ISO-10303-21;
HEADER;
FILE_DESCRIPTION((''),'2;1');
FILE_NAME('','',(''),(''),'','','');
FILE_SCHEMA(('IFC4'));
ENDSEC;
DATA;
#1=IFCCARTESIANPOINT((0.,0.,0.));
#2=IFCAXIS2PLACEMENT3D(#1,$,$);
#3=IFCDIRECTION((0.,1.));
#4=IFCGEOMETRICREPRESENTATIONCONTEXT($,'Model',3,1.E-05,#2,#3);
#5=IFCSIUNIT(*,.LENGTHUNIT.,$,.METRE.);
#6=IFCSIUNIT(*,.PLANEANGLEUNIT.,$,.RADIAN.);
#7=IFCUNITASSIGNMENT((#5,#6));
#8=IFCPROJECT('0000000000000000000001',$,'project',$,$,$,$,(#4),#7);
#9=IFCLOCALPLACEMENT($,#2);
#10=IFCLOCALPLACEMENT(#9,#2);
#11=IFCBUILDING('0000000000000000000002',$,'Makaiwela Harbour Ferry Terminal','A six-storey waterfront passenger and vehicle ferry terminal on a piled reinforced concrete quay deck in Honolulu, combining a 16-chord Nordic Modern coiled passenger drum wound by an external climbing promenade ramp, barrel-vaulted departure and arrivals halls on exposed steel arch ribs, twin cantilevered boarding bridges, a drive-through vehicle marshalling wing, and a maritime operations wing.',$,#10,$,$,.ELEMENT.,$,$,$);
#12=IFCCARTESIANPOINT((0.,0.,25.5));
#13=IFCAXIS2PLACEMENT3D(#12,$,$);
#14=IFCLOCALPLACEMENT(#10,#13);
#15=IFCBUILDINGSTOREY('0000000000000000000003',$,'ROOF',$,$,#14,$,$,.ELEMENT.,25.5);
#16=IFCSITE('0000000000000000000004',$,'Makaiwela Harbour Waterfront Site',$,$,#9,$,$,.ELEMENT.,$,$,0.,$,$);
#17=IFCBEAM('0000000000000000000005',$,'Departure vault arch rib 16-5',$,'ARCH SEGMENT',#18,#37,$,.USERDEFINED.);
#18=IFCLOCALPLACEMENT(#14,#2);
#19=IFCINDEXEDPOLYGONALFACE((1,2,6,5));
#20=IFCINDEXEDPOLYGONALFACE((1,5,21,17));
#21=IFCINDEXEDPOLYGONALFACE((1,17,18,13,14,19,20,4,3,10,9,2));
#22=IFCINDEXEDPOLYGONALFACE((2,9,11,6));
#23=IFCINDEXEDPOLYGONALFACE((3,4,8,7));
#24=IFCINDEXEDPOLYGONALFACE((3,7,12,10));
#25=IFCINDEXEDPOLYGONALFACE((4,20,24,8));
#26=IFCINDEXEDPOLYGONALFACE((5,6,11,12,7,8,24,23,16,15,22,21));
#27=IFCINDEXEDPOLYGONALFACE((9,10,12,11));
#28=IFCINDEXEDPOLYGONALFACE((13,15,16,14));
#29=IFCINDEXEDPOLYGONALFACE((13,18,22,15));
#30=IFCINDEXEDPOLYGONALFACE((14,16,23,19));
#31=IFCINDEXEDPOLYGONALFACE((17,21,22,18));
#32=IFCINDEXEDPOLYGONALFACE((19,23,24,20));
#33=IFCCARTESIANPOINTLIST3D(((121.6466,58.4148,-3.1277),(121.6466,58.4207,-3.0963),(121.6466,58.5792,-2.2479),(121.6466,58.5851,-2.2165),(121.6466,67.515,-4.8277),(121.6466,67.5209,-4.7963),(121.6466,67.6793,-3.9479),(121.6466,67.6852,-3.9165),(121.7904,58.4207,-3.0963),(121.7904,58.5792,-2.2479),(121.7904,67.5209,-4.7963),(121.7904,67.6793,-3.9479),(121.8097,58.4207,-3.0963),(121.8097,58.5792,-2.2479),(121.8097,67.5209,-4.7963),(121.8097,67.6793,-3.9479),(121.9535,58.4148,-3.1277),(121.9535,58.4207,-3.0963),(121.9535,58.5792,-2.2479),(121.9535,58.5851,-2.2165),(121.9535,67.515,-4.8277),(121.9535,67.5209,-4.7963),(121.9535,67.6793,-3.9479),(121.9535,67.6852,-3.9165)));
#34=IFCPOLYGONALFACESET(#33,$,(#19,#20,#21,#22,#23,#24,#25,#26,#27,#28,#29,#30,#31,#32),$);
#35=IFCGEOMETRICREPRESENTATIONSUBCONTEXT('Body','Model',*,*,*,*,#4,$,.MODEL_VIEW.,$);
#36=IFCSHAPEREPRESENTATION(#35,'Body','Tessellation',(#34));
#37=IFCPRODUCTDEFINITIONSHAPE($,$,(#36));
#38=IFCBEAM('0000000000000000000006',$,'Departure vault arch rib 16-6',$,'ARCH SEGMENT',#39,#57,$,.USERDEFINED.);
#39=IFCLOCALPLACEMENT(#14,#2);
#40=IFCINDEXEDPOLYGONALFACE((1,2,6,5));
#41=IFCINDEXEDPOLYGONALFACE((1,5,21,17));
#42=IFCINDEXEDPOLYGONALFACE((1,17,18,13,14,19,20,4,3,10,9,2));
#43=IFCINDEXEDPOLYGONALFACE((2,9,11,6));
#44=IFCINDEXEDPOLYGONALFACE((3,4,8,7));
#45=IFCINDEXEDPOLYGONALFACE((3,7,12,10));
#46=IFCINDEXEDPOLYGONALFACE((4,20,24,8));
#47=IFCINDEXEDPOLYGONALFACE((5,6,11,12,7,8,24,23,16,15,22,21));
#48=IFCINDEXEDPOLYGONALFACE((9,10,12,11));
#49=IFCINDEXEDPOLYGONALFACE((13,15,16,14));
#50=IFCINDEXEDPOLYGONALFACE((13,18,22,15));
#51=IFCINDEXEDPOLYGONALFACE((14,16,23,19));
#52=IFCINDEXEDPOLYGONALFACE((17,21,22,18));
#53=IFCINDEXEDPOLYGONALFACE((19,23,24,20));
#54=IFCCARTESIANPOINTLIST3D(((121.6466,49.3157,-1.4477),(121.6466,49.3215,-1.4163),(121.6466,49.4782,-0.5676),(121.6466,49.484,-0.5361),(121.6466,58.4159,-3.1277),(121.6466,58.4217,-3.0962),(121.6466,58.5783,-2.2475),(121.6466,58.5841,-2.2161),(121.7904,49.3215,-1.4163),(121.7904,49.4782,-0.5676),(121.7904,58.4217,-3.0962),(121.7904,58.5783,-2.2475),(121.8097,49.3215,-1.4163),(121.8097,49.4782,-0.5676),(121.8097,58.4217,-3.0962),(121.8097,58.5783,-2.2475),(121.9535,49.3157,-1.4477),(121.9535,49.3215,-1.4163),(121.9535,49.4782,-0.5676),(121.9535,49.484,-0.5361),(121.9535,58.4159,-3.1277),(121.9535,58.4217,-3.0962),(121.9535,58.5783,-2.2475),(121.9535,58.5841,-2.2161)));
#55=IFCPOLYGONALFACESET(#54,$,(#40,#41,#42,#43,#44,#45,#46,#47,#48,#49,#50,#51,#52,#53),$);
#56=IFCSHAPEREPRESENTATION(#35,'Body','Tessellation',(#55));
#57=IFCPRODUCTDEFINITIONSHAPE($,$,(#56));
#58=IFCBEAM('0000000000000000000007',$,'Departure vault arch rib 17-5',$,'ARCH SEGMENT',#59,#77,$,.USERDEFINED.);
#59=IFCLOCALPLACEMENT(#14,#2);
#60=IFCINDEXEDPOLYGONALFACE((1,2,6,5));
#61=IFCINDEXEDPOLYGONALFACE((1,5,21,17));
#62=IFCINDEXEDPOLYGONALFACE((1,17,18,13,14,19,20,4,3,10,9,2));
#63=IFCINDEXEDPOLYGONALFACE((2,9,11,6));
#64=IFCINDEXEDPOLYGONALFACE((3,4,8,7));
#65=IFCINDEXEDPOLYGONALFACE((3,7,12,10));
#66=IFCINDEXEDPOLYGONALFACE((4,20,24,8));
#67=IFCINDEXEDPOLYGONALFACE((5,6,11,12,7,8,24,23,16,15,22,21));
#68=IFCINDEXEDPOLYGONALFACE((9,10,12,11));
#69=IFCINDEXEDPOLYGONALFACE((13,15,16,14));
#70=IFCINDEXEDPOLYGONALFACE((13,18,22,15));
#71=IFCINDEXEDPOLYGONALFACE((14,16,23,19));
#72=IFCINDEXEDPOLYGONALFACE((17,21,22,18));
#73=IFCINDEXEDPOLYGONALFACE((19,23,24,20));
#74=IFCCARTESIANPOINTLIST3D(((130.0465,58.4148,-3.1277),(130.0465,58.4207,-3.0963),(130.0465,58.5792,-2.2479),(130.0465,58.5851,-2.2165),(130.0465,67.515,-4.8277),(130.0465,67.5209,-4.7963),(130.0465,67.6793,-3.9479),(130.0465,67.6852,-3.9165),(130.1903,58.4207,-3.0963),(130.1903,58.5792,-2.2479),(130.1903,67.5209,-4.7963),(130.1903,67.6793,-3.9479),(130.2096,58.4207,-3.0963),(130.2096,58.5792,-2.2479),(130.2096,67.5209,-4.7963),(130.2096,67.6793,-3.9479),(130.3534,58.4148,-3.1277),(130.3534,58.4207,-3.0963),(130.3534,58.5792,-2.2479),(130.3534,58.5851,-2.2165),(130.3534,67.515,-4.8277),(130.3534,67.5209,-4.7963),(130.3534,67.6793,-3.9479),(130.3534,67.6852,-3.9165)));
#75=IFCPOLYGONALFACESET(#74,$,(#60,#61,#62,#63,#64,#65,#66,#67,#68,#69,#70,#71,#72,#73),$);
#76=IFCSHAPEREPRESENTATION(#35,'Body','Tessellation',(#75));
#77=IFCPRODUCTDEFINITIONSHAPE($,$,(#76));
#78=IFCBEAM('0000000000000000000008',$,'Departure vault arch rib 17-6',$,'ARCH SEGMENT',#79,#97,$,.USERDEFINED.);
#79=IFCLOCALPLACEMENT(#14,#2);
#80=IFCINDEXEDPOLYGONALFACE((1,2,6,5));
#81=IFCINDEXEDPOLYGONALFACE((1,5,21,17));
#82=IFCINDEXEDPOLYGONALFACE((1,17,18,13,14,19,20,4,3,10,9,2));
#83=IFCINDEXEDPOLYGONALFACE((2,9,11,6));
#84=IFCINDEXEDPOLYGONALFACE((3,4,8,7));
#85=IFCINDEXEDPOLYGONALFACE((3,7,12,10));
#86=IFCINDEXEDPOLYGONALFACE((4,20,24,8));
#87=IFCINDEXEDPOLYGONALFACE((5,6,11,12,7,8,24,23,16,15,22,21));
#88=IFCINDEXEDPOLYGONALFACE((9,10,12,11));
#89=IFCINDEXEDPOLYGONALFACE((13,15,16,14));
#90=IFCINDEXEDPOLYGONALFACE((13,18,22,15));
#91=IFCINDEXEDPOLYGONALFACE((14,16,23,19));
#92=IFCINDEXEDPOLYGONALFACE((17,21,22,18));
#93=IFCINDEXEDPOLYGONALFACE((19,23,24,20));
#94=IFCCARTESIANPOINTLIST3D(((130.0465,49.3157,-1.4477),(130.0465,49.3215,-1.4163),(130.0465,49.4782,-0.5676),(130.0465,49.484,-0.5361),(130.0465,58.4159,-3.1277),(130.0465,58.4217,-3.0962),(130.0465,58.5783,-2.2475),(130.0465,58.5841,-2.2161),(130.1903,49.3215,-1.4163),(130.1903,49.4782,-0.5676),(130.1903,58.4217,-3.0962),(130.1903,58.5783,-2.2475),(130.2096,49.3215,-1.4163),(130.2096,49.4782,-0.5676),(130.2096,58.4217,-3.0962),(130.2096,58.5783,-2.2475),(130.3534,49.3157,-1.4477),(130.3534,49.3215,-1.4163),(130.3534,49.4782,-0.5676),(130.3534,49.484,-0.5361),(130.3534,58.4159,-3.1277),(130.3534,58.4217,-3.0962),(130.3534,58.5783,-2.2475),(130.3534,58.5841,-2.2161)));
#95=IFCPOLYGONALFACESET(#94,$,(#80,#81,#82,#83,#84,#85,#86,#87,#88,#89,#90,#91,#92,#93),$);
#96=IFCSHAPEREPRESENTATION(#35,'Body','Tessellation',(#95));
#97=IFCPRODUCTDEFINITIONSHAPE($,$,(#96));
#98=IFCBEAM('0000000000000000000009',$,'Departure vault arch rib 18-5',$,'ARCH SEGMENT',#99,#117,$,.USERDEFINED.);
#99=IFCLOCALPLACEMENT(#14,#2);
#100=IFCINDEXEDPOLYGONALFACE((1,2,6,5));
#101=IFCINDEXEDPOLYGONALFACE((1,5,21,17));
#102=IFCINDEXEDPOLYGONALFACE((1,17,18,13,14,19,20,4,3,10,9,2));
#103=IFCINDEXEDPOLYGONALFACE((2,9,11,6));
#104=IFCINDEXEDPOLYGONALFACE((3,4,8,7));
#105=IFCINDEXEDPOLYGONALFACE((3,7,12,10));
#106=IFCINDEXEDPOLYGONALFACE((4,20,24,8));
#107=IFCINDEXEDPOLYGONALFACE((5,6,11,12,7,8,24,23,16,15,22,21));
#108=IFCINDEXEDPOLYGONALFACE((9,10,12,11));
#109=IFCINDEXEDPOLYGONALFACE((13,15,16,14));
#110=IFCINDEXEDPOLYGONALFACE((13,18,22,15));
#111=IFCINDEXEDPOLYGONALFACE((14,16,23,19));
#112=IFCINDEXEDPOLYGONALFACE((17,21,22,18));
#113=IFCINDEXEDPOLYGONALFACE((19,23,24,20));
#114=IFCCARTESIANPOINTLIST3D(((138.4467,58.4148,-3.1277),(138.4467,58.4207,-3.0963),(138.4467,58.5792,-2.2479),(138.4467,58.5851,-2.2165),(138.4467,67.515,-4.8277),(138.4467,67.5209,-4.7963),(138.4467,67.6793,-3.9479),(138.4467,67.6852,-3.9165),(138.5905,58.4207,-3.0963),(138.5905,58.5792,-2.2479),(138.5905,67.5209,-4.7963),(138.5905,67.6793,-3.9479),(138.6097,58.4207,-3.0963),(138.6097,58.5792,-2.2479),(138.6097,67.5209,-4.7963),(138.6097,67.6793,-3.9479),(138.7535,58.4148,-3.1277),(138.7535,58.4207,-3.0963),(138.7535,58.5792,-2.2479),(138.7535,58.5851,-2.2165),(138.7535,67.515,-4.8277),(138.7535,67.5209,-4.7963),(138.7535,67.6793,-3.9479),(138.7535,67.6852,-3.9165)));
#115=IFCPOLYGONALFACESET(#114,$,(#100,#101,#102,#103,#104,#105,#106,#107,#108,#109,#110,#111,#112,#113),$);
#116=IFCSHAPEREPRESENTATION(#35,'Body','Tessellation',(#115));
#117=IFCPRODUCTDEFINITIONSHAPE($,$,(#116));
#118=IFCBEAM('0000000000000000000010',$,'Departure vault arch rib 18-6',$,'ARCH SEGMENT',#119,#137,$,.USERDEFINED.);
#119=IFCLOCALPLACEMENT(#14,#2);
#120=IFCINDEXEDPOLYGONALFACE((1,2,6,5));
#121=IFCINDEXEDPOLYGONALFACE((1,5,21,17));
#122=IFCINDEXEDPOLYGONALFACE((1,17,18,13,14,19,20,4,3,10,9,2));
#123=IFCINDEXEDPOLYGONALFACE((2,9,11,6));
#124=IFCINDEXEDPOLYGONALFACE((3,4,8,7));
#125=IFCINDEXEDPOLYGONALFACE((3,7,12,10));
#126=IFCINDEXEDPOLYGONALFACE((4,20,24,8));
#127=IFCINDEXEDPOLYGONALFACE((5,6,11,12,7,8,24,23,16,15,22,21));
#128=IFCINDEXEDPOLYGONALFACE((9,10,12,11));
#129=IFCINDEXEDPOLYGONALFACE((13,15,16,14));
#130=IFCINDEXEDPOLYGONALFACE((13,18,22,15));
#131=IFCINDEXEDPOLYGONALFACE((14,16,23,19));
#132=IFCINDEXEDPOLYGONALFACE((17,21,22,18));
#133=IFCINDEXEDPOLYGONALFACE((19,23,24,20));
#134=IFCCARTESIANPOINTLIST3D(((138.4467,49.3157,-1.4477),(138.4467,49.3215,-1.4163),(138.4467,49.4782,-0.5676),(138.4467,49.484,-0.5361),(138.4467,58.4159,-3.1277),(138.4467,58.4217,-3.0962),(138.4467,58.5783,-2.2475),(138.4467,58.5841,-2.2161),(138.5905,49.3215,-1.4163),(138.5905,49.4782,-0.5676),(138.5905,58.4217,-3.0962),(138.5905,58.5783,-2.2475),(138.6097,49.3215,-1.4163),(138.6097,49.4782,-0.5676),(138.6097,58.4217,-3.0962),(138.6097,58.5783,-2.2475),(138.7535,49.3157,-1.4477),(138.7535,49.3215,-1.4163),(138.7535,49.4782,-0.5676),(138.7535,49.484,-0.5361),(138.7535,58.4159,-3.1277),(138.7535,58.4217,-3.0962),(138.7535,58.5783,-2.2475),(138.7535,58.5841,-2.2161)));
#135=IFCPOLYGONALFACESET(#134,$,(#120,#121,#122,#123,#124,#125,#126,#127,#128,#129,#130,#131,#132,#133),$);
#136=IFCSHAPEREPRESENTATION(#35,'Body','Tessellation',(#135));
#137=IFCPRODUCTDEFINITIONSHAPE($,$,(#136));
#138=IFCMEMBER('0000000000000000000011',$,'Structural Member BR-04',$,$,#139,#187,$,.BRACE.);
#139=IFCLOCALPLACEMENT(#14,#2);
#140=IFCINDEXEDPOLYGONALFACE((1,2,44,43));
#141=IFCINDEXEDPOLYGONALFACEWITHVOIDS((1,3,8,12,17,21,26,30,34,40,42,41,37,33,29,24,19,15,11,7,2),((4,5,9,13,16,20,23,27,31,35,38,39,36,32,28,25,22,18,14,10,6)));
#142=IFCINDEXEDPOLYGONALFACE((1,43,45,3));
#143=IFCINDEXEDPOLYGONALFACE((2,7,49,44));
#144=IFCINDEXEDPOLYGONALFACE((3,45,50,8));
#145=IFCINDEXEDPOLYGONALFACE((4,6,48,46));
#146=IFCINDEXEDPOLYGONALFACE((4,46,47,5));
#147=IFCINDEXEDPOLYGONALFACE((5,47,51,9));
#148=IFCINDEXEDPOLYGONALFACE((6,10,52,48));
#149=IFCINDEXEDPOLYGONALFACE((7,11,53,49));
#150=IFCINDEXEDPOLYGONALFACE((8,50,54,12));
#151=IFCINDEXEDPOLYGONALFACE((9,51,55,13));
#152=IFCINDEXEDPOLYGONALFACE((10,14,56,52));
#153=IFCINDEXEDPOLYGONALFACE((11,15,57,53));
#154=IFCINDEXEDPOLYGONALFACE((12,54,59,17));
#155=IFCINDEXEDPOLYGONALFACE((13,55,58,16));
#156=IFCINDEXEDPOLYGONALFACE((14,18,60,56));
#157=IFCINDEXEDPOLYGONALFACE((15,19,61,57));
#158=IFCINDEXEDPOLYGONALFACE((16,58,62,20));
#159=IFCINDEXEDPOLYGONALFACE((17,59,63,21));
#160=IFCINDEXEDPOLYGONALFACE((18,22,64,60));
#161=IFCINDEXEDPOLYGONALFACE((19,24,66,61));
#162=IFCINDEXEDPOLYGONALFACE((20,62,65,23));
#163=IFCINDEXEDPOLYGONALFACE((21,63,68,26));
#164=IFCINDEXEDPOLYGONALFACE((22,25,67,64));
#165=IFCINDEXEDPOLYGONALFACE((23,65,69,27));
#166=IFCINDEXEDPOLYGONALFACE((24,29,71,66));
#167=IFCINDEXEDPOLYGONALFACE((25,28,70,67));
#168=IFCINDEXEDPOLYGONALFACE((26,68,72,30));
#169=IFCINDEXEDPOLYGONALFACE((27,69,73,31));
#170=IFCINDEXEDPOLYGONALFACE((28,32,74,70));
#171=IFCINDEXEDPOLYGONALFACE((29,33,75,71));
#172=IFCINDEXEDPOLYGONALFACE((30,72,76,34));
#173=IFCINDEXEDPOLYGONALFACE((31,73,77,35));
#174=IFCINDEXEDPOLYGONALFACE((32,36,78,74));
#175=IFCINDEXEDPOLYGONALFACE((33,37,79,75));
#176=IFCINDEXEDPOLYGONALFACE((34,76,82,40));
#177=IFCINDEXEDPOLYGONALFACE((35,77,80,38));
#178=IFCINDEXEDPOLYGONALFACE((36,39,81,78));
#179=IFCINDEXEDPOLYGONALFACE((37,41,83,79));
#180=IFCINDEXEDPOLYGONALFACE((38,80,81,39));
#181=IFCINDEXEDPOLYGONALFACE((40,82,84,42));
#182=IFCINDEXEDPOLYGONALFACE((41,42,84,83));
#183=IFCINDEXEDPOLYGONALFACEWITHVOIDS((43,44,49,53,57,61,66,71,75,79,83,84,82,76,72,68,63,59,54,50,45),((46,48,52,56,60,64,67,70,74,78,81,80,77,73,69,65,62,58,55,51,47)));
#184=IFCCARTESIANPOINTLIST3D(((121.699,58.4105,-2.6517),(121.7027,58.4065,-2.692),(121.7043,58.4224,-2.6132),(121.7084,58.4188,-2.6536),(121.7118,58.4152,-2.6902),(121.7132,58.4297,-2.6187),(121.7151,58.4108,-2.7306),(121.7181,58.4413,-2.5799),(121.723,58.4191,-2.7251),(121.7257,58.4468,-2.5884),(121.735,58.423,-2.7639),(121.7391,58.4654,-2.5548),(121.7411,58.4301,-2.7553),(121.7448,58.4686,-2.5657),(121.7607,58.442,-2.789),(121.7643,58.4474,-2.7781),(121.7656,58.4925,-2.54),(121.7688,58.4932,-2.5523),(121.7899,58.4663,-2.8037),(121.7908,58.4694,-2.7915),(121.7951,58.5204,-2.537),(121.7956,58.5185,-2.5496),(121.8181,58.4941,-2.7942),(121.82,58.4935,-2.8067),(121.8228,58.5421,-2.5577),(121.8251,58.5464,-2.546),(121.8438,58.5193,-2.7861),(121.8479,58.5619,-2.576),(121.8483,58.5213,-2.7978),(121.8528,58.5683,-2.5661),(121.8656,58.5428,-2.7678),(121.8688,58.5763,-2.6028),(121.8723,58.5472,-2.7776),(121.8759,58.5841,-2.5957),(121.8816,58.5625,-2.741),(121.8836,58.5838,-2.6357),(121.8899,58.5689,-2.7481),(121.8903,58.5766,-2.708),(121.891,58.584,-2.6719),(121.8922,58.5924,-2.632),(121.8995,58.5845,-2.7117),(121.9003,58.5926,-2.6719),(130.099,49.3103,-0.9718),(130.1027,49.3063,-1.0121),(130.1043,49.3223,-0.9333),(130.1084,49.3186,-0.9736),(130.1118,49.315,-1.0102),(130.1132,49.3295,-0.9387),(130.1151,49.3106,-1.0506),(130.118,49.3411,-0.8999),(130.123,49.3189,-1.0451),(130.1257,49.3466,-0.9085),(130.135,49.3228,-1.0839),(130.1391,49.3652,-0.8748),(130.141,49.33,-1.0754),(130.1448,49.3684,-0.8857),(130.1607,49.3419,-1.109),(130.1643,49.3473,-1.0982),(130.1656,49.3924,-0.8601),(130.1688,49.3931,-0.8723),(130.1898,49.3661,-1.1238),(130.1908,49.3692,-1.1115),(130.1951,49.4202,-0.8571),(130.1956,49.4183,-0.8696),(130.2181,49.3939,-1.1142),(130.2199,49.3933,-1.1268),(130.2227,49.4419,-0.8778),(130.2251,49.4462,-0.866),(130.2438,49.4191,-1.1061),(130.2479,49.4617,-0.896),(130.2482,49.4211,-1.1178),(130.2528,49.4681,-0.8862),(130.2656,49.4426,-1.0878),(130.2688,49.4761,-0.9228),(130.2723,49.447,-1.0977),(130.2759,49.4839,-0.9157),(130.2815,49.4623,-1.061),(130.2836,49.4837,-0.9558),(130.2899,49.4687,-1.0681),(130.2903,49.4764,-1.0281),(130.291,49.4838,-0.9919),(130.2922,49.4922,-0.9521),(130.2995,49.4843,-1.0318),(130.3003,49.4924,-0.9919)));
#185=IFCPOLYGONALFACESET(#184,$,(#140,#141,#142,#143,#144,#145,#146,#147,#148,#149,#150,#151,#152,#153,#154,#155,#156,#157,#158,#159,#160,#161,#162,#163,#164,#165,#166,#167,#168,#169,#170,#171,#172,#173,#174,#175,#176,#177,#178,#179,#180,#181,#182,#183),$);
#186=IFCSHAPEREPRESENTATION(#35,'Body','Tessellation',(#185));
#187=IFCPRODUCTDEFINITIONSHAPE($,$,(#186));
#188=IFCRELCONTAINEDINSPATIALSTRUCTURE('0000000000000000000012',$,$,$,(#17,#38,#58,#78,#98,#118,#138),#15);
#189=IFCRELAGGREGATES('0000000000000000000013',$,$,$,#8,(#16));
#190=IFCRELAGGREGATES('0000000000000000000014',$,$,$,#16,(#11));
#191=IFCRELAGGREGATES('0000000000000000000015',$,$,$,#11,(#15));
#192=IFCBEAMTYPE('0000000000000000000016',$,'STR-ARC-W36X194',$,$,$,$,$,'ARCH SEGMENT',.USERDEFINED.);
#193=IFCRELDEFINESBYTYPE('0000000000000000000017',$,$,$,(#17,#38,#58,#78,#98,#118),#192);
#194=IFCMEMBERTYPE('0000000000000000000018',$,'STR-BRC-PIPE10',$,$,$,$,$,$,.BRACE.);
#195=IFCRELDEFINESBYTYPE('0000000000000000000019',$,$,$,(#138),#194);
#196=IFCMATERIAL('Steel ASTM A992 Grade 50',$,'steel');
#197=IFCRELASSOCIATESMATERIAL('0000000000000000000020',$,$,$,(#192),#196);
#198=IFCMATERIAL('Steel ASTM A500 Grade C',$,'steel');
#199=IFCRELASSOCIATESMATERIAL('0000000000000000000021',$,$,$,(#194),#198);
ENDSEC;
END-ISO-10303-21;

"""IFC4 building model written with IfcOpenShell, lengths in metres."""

from ifc_helpers import new_model, si_unit, direction, frame, origin, origin_2d, place, context, subcontext, project, spatial, hollow_circle, i_section, extrude, material, material_profile, profile_set, type_object, element, save


model = new_model("IFC4")

# Units and contexts
model_context = context("Model", 3, precision=1e-05, world=origin(), true_north=direction((0.0, 1.0)))
body_context = subcontext(model_context, "Body", "Model", "MODEL_VIEW")
ifc_project = project(units=[si_unit("LENGTHUNIT", "METRE"), si_unit("PLANEANGLEUNIT", "RADIAN")], contexts=[model_context])

# Site, building, storey
site_placement = place(None, origin())
site = spatial("IfcSite", under=ifc_project, at=site_placement, Name="Makaiwela Harbour Waterfront Site", CompositionType="ELEMENT", RefElevation=0.0)
building_placement = place(site_placement, origin())
building = spatial("IfcBuilding", under=site, at=building_placement, Name="Makaiwela Harbour Ferry Terminal", Description="A six-storey waterfront passenger and vehicle ferry terminal on a piled reinforced concrete quay deck in Honolulu, combining a 16-chord Nordic Modern coiled passenger drum wound by an external climbing promenade ramp, barrel-vaulted departure and arrivals halls on exposed steel arch ribs, twin cantilevered boarding bridges, a drive-through vehicle marshalling wing, and a maritime operations wing.", CompositionType="ELEMENT")
storey_placement = place(building_placement, frame((0.0, 0.0, 25.5)))
storey = spatial("IfcBuildingStorey", under=building, at=storey_placement, Name="ROOF", CompositionType="ELEMENT", Elevation=25.5)

# Beams
ifc_material_1 = material(Name="Steel ASTM A992 Grade 50", Category="steel")
ifc_material_profile_1 = material_profile(ifc_material_1, i_section(OverallWidth=0.3069, OverallDepth=0.927, WebThickness=0.0193, FlangeThickness=0.032, at=origin_2d()), Name="W36X194")
ifc_profile_set_1 = profile_set([ifc_material_profile_1], Name="Steel ASTM A992 Grade 50")
beam_type = type_object("IfcBeamType", Name="STR-ARC-W36X194", ElementType="ARCH SEGMENT", PredefinedType="USERDEFINED", material=ifc_profile_set_1)
beam_1_placement = place(storey_placement, frame((121.8, 67.6001, -4.3721), z_axis=(0.0, -0.982996, 0.183629), x_axis=(1.0, 0.0, 0.0)))
element("IfcBeam", 1, at=beam_1_placement, inside=storey, type_object=beam_type, Name="Departure vault arch rib 16-5", ObjectType="ARCH SEGMENT", PredefinedType="USERDEFINED", context=body_context, shape_type="SweptSolid", body=[
    extrude(i_section(OverallWidth=0.3069, OverallDepth=0.927, WebThickness=0.0193, FlangeThickness=0.032, at=origin_2d()), origin(), (0.0, 0.0, 1.0), 9.2576),
])
beam_2_placement = place(storey_placement, frame((121.8, 58.5, -2.6719), z_axis=(0.0, -0.983384, 0.181538), x_axis=(1.0, 0.0, 0.0)))
element("IfcBeam", 2, at=beam_2_placement, inside=storey, type_object=beam_type, Name="Departure vault arch rib 16-6", ObjectType="ARCH SEGMENT", PredefinedType="USERDEFINED", context=body_context, shape_type="SweptSolid", body=[
    extrude(i_section(OverallWidth=0.3069, OverallDepth=0.927, WebThickness=0.0193, FlangeThickness=0.032, at=origin_2d()), origin(), (0.0, 0.0, 1.0), 9.2539),
])
beam_3_placement = place(storey_placement, frame((130.2, 67.6001, -4.3721), z_axis=(0.0, -0.982996, 0.183629), x_axis=(1.0, 0.0, 0.0)))
element("IfcBeam", 3, at=beam_3_placement, inside=storey, type_object=beam_type, Name="Departure vault arch rib 17-5", ObjectType="ARCH SEGMENT", PredefinedType="USERDEFINED", context=body_context, shape_type="SweptSolid", body=[
    extrude(i_section(OverallWidth=0.3069, OverallDepth=0.927, WebThickness=0.0193, FlangeThickness=0.032, at=origin_2d()), origin(), (0.0, 0.0, 1.0), 9.2576),
])
beam_4_placement = place(storey_placement, frame((130.2, 58.5, -2.6719), z_axis=(0.0, -0.983384, 0.181538), x_axis=(1.0, 0.0, 0.0)))
element("IfcBeam", 4, at=beam_4_placement, inside=storey, type_object=beam_type, Name="Departure vault arch rib 17-6", ObjectType="ARCH SEGMENT", PredefinedType="USERDEFINED", context=body_context, shape_type="SweptSolid", body=[
    extrude(i_section(OverallWidth=0.3069, OverallDepth=0.927, WebThickness=0.0193, FlangeThickness=0.032, at=origin_2d()), origin(), (0.0, 0.0, 1.0), 9.2539),
])
beam_5_placement = place(storey_placement, frame((138.6001, 67.6001, -4.3721), z_axis=(0.0, -0.982996, 0.183629), x_axis=(1.0, 0.0, 0.0)))
element("IfcBeam", 5, at=beam_5_placement, inside=storey, type_object=beam_type, Name="Departure vault arch rib 18-5", ObjectType="ARCH SEGMENT", PredefinedType="USERDEFINED", context=body_context, shape_type="SweptSolid", body=[
    extrude(i_section(OverallWidth=0.3069, OverallDepth=0.927, WebThickness=0.0193, FlangeThickness=0.032, at=origin_2d()), origin(), (0.0, 0.0, 1.0), 9.2576),
])
beam_6_placement = place(storey_placement, frame((138.6001, 58.5, -2.6719), z_axis=(0.0, -0.983384, 0.181538), x_axis=(1.0, 0.0, 0.0)))
element("IfcBeam", 6, at=beam_6_placement, inside=storey, type_object=beam_type, Name="Departure vault arch rib 18-6", ObjectType="ARCH SEGMENT", PredefinedType="USERDEFINED", context=body_context, shape_type="SweptSolid", body=[
    extrude(i_section(OverallWidth=0.3069, OverallDepth=0.927, WebThickness=0.0193, FlangeThickness=0.032, at=origin_2d()), origin(), (0.0, 0.0, 1.0), 9.2539),
])

# Member
ifc_material_2 = material(Name="Steel ASTM A500 Grade C", Category="steel")
ifc_material_profile_2 = material_profile(ifc_material_2, hollow_circle(Radius=0.1365, WallThickness=0.0127, at=origin_2d()), Name="PIPE10XS")
ifc_profile_set_2 = profile_set([ifc_material_profile_2], Name="Steel ASTM A500 Grade C")
member_type_1 = type_object("IfcMemberType", Name="STR-BRC-PIPE10", PredefinedType="BRACE", material=ifc_profile_set_2)
member_1_placement = place(storey_placement, frame((121.8, 58.5, -2.6719), z_axis=(0.672116, -0.728142, 0.134419), x_axis=(0.734811, 0.678272, 0.0)))
element("IfcMember", 7, at=member_1_placement, inside=storey, type_object=member_type_1, Name="Structural Member BR-04", PredefinedType="BRACE", context=body_context, shape_type="SweptSolid", body=[
    extrude(hollow_circle(Radius=0.1365, WallThickness=0.0127, at=origin_2d()), origin(), (0.0, 0.0, 1.0), 12.4978),
])

save(model, "model.ifc")
